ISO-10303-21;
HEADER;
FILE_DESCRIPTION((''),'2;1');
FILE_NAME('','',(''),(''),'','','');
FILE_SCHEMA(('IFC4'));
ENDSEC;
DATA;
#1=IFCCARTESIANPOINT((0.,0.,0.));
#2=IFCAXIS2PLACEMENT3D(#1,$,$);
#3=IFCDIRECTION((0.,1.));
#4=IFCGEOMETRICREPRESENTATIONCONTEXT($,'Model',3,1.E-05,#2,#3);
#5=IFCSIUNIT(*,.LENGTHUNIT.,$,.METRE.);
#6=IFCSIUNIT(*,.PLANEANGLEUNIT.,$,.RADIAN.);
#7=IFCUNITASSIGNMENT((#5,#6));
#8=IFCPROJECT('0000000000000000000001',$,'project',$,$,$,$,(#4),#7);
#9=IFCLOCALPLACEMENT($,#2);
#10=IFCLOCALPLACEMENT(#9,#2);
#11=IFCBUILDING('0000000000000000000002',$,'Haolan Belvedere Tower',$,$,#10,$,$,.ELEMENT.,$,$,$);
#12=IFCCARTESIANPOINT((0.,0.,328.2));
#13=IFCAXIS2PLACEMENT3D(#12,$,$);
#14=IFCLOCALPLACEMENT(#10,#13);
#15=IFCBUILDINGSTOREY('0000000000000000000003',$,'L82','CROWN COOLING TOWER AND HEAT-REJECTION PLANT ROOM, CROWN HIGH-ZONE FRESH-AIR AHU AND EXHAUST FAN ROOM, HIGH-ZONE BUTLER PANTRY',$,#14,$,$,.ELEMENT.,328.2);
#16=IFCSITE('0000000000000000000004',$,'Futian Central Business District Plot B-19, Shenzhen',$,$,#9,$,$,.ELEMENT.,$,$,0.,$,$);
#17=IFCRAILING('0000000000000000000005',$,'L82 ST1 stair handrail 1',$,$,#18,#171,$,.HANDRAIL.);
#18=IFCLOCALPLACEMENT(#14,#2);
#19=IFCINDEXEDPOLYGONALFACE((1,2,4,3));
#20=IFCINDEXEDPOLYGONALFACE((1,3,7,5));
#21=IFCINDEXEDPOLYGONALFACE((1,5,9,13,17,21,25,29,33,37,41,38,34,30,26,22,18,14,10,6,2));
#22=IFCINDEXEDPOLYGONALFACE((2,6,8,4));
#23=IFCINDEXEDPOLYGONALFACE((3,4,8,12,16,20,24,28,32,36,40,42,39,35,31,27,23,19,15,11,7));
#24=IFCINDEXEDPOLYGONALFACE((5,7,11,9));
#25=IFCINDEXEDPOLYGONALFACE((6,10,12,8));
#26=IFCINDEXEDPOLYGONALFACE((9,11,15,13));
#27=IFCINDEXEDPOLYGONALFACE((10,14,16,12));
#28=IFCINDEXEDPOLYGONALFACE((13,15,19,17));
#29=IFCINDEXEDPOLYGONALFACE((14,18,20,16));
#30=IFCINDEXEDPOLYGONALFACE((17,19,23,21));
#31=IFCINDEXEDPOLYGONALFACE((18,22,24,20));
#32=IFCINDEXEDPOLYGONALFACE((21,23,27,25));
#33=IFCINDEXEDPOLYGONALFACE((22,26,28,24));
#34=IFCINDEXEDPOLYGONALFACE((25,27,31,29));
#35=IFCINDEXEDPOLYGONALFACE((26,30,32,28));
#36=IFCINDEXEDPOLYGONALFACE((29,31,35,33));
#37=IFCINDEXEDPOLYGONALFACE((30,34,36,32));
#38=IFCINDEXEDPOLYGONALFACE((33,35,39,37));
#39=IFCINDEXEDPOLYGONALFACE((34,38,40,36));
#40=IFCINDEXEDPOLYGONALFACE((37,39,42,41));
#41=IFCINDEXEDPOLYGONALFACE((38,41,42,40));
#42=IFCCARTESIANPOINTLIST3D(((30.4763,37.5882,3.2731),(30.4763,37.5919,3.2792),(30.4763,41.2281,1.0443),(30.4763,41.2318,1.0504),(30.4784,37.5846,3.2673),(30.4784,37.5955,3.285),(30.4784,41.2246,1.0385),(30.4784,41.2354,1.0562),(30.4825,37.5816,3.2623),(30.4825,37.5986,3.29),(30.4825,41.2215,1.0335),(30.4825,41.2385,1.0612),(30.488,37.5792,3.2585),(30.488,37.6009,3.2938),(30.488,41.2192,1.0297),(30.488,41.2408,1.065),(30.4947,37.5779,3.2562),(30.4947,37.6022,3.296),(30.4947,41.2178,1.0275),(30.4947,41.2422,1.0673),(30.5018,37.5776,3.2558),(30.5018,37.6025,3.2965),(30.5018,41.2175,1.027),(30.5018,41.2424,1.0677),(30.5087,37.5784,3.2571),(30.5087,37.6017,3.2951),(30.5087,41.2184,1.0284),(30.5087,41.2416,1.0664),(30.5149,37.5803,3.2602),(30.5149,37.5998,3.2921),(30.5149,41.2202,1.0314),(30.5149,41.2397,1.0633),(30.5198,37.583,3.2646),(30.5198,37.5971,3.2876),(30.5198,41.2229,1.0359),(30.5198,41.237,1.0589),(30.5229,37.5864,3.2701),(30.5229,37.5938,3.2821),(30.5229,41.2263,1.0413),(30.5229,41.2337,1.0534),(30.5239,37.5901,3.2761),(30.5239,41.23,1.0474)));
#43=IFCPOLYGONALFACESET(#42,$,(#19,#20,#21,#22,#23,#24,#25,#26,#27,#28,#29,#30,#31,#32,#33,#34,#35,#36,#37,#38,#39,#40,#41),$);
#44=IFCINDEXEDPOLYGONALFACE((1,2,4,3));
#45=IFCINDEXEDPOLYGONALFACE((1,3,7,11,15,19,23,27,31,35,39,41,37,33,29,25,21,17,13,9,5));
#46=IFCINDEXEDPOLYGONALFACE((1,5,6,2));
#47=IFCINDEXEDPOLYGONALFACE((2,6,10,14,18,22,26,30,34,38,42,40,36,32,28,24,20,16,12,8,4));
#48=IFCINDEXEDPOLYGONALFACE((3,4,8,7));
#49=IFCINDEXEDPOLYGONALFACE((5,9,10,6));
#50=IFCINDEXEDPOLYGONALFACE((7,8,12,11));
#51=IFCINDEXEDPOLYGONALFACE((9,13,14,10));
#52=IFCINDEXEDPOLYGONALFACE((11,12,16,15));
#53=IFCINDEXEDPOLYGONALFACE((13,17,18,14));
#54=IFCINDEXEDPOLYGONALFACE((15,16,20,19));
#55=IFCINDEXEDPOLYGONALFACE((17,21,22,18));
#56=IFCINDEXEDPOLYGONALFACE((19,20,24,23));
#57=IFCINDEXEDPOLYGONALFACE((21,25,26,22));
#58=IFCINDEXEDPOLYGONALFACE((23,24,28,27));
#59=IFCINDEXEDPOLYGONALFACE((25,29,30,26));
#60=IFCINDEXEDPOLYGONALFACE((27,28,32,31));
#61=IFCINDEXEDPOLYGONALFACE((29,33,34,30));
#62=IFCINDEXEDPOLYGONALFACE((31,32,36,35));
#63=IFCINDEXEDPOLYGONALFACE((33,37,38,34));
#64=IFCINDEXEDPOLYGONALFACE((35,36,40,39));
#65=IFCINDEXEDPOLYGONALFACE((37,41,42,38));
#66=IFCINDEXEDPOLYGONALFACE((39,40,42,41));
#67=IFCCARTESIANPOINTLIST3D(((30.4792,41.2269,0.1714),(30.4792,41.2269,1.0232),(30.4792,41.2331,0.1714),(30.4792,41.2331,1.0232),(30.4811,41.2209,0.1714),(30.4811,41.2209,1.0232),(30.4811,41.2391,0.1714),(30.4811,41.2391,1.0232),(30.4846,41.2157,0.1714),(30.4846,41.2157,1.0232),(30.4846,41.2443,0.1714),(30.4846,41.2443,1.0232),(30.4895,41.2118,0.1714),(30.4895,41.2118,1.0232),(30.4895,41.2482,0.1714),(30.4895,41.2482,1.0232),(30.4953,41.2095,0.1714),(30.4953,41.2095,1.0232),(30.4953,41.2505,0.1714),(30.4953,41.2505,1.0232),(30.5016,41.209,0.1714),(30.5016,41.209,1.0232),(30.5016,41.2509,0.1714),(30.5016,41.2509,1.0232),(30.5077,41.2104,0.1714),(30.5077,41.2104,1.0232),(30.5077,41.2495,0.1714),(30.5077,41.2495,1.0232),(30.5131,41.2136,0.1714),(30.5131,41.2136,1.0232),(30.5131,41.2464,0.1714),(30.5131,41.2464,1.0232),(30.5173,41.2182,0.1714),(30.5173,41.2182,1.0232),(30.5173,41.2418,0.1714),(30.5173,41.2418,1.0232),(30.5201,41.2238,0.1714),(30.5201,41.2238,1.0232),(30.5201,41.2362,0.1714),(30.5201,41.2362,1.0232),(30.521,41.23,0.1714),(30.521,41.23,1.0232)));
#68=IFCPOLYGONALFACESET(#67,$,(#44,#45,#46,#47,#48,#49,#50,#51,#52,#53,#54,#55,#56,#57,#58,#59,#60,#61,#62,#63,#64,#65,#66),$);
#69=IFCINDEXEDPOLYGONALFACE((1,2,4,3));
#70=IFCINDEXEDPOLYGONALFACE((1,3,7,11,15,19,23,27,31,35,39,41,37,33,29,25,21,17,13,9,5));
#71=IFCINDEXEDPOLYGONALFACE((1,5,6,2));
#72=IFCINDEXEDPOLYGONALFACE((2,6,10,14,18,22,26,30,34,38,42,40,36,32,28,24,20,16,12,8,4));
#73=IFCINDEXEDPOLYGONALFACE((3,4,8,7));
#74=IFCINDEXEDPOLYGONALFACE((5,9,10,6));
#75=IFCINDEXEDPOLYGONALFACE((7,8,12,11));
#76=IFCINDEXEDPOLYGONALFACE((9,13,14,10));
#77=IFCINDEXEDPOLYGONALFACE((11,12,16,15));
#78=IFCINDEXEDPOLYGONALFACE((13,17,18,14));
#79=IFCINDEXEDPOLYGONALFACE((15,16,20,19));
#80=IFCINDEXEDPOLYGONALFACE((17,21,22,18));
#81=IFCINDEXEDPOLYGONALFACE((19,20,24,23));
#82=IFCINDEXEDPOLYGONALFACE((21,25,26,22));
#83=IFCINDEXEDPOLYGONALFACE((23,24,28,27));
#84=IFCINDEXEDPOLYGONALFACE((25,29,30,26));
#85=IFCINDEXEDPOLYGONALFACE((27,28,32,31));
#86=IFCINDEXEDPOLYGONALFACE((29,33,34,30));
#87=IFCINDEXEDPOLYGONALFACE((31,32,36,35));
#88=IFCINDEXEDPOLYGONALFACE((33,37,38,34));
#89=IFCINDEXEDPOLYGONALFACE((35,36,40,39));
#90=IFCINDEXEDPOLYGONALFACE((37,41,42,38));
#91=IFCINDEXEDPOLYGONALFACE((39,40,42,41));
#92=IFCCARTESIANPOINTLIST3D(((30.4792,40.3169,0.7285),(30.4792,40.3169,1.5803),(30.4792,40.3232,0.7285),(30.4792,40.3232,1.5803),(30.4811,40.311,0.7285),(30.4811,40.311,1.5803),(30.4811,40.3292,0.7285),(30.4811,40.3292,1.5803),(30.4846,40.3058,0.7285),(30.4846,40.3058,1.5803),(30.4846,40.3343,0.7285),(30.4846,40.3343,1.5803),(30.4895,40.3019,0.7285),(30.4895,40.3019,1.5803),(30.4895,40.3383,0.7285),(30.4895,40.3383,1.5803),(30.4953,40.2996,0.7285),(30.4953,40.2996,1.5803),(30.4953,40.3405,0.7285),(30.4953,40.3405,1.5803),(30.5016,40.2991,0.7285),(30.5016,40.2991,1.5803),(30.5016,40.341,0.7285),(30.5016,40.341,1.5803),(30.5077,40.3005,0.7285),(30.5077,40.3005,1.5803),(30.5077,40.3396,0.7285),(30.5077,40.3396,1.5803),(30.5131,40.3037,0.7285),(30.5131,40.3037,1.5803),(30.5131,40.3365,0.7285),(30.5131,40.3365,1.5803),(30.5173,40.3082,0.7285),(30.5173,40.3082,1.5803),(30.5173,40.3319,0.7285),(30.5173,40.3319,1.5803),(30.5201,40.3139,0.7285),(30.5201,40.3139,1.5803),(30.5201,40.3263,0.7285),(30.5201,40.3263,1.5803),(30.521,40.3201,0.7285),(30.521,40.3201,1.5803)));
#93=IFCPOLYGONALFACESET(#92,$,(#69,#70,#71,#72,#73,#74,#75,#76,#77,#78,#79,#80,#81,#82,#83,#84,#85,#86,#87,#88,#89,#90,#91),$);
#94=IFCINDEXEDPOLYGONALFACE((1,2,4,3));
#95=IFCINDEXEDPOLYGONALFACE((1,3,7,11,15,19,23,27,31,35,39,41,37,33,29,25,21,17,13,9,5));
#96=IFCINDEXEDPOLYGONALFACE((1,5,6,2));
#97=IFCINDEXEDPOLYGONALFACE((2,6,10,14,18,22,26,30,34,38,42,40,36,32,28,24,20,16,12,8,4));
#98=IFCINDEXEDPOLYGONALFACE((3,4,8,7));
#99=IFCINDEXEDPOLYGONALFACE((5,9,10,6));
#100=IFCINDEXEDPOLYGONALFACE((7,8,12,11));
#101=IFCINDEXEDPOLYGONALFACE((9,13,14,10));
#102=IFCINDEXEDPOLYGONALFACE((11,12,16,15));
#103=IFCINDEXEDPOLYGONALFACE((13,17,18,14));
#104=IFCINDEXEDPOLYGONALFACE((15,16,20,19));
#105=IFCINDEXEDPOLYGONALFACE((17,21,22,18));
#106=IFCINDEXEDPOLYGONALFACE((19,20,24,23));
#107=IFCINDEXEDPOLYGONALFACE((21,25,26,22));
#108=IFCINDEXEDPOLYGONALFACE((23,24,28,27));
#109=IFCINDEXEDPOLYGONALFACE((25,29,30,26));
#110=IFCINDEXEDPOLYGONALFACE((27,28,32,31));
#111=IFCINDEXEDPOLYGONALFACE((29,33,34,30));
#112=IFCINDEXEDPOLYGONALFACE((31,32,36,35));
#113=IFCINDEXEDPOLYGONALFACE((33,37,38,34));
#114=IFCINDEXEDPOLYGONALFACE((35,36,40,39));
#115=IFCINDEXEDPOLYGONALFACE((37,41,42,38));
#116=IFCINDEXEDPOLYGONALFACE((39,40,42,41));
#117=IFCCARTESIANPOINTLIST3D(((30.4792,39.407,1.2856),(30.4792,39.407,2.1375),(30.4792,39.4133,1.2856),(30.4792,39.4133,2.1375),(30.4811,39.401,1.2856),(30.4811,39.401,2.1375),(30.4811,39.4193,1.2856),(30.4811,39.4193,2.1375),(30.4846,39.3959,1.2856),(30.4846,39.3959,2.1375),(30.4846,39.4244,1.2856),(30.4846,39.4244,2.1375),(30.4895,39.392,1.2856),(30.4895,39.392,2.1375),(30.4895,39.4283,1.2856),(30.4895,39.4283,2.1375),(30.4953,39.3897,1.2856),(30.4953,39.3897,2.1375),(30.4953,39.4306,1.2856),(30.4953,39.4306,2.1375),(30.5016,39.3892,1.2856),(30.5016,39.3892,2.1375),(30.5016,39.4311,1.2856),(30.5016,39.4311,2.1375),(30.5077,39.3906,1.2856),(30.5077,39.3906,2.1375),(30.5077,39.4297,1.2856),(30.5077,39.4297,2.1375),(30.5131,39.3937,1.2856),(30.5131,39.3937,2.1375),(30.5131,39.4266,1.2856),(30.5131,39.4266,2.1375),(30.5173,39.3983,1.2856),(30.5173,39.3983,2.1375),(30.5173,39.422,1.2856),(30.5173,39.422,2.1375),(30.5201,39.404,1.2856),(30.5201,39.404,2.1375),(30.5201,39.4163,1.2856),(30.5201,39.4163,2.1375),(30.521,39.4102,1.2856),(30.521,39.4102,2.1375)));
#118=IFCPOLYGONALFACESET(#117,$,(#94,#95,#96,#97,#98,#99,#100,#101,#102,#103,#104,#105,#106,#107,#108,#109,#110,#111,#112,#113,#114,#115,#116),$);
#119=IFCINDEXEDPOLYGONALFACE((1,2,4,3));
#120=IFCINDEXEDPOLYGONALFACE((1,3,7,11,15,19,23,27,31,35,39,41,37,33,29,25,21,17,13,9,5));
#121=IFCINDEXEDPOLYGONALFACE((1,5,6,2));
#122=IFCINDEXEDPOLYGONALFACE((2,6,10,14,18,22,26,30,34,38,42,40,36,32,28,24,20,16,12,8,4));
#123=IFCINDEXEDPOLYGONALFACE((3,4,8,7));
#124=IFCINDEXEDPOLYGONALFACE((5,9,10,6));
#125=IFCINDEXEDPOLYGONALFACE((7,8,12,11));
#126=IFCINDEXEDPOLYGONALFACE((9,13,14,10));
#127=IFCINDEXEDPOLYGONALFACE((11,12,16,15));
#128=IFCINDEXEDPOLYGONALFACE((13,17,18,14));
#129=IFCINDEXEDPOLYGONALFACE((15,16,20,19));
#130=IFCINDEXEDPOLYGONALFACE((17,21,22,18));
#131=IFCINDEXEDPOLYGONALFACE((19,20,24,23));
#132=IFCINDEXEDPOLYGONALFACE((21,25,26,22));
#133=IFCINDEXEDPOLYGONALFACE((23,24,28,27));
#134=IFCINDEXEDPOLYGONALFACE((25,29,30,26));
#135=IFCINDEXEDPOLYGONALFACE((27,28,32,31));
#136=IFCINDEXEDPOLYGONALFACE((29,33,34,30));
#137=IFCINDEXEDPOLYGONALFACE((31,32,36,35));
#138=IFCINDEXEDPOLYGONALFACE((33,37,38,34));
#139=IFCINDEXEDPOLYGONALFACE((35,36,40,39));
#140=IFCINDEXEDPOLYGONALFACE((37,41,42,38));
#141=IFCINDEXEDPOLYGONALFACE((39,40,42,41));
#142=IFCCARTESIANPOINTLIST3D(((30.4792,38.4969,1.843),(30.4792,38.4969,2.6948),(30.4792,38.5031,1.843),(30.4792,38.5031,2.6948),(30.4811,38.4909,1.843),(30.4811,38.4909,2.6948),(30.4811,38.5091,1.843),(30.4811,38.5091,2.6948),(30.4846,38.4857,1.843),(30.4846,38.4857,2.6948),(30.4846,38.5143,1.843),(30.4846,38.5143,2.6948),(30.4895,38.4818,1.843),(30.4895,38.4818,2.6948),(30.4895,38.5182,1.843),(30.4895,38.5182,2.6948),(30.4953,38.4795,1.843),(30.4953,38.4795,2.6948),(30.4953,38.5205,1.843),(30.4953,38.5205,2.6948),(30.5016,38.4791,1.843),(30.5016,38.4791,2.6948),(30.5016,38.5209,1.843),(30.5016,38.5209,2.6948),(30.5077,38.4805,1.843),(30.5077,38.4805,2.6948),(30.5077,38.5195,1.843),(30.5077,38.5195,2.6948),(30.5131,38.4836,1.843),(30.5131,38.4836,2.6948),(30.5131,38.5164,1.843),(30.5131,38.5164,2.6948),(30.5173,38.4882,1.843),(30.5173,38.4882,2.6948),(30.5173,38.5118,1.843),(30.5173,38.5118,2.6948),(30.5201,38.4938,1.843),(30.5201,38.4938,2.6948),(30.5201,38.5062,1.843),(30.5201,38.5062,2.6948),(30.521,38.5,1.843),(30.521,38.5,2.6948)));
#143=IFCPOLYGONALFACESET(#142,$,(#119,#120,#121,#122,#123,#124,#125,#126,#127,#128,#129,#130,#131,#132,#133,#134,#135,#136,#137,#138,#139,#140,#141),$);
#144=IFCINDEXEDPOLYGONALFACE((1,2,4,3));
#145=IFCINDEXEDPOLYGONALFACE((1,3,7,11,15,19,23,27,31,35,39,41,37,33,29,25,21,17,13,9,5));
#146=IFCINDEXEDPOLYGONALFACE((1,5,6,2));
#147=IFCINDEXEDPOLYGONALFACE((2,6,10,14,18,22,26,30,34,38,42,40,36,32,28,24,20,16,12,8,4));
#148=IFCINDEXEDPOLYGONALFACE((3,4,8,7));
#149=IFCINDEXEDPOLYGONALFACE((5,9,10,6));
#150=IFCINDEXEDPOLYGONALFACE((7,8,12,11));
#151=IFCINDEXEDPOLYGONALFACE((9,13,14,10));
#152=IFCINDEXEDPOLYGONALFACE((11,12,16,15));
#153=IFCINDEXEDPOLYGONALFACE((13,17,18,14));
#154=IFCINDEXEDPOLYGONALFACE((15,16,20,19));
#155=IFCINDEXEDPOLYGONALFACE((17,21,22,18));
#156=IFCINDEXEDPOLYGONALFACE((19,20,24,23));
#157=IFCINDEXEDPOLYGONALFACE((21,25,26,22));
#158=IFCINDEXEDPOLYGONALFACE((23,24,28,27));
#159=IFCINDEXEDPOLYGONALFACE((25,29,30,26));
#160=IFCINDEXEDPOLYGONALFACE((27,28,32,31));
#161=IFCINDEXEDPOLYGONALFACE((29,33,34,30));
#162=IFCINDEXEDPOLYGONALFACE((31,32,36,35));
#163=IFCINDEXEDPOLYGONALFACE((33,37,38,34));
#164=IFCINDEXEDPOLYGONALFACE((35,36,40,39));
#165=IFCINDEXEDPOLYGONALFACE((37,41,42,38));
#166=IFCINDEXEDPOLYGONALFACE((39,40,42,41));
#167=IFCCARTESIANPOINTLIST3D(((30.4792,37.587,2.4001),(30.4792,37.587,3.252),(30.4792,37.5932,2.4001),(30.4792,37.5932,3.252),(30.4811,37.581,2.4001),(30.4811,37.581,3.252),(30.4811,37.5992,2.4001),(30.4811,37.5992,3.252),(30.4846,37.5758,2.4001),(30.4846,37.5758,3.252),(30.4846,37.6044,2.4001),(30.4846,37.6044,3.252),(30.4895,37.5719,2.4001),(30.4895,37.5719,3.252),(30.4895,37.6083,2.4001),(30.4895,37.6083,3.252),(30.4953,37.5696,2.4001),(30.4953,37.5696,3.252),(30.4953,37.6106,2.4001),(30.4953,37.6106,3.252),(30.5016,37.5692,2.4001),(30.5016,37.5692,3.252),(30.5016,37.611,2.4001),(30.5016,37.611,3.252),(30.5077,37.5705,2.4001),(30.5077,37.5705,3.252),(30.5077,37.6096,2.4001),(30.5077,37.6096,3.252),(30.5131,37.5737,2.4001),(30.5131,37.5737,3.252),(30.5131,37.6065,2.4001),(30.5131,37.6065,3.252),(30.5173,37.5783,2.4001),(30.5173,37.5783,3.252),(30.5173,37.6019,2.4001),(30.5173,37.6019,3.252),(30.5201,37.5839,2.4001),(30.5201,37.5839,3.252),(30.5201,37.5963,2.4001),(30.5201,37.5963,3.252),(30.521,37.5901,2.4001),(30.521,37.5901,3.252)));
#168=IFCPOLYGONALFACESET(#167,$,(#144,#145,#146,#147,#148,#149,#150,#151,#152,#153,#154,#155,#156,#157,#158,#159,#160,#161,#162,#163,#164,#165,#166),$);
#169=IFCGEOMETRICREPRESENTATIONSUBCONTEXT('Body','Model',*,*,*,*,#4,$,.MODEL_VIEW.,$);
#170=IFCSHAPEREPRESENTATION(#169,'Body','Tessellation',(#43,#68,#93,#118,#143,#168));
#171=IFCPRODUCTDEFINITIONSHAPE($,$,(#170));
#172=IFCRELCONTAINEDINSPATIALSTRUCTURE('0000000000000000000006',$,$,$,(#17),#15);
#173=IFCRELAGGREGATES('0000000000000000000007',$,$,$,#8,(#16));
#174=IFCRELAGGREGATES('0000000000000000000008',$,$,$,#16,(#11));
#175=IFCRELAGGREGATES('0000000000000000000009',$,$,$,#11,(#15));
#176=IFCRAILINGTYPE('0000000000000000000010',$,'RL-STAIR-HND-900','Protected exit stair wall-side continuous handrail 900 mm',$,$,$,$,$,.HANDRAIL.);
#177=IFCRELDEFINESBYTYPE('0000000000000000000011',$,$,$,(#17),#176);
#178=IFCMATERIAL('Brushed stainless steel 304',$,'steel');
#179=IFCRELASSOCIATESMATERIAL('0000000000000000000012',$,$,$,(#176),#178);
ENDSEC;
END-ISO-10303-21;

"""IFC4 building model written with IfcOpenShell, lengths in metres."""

from ifc_helpers import new_model, si_unit, direction, frame, origin, origin_2d, place, context, subcontext, project, spatial, circle, extrude, material, type_object, element, save


model = new_model("IFC4")

# Units and contexts
model_context = context("Model", 3, precision=1e-05, world=origin(), true_north=direction((0.0, 1.0)))
body_context = subcontext(model_context, "Body", "Model", "MODEL_VIEW")
ifc_project = project(units=[si_unit("LENGTHUNIT", "METRE"), si_unit("PLANEANGLEUNIT", "RADIAN")], contexts=[model_context])

# Site, building, storey
site_placement = place(None, origin())
site = spatial("IfcSite", under=ifc_project, at=site_placement, Name="Futian Central Business District Plot B-19, Shenzhen", CompositionType="ELEMENT", RefElevation=0.0)
building_placement = place(site_placement, origin())
building = spatial("IfcBuilding", under=site, at=building_placement, Name="Haolan Belvedere Tower", CompositionType="ELEMENT")
storey_placement = place(building_placement, frame((0.0, 0.0, 328.2)))
storey = spatial("IfcBuildingStorey", under=building, at=storey_placement, Name="L82", Description="CROWN COOLING TOWER AND HEAT-REJECTION PLANT ROOM, CROWN HIGH-ZONE FRESH-AIR AHU AND EXHAUST FAN ROOM, HIGH-ZONE BUTLER PANTRY", CompositionType="ELEMENT", Elevation=328.2)

# Railing
ifc_material_1 = material(Name="Brushed stainless steel 304", Category="steel")
railing_type_1 = type_object("IfcRailingType", Name="RL-STAIR-HND-900", Description="Protected exit stair wall-side continuous handrail 900 mm", PredefinedType="HANDRAIL", material=ifc_material_1)
for number, where, name in (
    (1, (30.5, 41.23, 0.1714), "L82 ST1 stair handrail 1"),
):
    element("IfcRailing", number, at=place(storey_placement, frame(where)), inside=storey, type_object=railing_type_1, Name=name, PredefinedType="HANDRAIL", context=body_context, shape_type="SweptSolid", body=[
        extrude(circle(Radius=0.0239, at=origin_2d()), frame((0.0, 0.0, 0.876), z_axis=(0.0, -0.852825, 0.522197), x_axis=(1.0, 0.0, 0.0)), (0.0, 0.0, 1.0), 4.2681),
        extrude(circle(Radius=0.021, at=origin_2d()), origin(), (0.0, 0.0, 1.0), 0.8518),
        extrude(circle(Radius=0.021, at=origin_2d()), frame((0.0, -0.9099, 0.5571)), (0.0, 0.0, 1.0), 0.8518),
        extrude(circle(Radius=0.021, at=origin_2d()), frame((0.0, -1.8198, 1.1143)), (0.0, 0.0, 1.0), 0.8518),
        extrude(circle(Radius=0.021, at=origin_2d()), frame((0.0, -2.73, 1.6716)), (0.0, 0.0, 1.0), 0.8518),
        extrude(circle(Radius=0.021, at=origin_2d()), frame((0.0, -3.6399, 2.2288)), (0.0, 0.0, 1.0), 0.8518),
    ])

save(model, "model.ifc")
